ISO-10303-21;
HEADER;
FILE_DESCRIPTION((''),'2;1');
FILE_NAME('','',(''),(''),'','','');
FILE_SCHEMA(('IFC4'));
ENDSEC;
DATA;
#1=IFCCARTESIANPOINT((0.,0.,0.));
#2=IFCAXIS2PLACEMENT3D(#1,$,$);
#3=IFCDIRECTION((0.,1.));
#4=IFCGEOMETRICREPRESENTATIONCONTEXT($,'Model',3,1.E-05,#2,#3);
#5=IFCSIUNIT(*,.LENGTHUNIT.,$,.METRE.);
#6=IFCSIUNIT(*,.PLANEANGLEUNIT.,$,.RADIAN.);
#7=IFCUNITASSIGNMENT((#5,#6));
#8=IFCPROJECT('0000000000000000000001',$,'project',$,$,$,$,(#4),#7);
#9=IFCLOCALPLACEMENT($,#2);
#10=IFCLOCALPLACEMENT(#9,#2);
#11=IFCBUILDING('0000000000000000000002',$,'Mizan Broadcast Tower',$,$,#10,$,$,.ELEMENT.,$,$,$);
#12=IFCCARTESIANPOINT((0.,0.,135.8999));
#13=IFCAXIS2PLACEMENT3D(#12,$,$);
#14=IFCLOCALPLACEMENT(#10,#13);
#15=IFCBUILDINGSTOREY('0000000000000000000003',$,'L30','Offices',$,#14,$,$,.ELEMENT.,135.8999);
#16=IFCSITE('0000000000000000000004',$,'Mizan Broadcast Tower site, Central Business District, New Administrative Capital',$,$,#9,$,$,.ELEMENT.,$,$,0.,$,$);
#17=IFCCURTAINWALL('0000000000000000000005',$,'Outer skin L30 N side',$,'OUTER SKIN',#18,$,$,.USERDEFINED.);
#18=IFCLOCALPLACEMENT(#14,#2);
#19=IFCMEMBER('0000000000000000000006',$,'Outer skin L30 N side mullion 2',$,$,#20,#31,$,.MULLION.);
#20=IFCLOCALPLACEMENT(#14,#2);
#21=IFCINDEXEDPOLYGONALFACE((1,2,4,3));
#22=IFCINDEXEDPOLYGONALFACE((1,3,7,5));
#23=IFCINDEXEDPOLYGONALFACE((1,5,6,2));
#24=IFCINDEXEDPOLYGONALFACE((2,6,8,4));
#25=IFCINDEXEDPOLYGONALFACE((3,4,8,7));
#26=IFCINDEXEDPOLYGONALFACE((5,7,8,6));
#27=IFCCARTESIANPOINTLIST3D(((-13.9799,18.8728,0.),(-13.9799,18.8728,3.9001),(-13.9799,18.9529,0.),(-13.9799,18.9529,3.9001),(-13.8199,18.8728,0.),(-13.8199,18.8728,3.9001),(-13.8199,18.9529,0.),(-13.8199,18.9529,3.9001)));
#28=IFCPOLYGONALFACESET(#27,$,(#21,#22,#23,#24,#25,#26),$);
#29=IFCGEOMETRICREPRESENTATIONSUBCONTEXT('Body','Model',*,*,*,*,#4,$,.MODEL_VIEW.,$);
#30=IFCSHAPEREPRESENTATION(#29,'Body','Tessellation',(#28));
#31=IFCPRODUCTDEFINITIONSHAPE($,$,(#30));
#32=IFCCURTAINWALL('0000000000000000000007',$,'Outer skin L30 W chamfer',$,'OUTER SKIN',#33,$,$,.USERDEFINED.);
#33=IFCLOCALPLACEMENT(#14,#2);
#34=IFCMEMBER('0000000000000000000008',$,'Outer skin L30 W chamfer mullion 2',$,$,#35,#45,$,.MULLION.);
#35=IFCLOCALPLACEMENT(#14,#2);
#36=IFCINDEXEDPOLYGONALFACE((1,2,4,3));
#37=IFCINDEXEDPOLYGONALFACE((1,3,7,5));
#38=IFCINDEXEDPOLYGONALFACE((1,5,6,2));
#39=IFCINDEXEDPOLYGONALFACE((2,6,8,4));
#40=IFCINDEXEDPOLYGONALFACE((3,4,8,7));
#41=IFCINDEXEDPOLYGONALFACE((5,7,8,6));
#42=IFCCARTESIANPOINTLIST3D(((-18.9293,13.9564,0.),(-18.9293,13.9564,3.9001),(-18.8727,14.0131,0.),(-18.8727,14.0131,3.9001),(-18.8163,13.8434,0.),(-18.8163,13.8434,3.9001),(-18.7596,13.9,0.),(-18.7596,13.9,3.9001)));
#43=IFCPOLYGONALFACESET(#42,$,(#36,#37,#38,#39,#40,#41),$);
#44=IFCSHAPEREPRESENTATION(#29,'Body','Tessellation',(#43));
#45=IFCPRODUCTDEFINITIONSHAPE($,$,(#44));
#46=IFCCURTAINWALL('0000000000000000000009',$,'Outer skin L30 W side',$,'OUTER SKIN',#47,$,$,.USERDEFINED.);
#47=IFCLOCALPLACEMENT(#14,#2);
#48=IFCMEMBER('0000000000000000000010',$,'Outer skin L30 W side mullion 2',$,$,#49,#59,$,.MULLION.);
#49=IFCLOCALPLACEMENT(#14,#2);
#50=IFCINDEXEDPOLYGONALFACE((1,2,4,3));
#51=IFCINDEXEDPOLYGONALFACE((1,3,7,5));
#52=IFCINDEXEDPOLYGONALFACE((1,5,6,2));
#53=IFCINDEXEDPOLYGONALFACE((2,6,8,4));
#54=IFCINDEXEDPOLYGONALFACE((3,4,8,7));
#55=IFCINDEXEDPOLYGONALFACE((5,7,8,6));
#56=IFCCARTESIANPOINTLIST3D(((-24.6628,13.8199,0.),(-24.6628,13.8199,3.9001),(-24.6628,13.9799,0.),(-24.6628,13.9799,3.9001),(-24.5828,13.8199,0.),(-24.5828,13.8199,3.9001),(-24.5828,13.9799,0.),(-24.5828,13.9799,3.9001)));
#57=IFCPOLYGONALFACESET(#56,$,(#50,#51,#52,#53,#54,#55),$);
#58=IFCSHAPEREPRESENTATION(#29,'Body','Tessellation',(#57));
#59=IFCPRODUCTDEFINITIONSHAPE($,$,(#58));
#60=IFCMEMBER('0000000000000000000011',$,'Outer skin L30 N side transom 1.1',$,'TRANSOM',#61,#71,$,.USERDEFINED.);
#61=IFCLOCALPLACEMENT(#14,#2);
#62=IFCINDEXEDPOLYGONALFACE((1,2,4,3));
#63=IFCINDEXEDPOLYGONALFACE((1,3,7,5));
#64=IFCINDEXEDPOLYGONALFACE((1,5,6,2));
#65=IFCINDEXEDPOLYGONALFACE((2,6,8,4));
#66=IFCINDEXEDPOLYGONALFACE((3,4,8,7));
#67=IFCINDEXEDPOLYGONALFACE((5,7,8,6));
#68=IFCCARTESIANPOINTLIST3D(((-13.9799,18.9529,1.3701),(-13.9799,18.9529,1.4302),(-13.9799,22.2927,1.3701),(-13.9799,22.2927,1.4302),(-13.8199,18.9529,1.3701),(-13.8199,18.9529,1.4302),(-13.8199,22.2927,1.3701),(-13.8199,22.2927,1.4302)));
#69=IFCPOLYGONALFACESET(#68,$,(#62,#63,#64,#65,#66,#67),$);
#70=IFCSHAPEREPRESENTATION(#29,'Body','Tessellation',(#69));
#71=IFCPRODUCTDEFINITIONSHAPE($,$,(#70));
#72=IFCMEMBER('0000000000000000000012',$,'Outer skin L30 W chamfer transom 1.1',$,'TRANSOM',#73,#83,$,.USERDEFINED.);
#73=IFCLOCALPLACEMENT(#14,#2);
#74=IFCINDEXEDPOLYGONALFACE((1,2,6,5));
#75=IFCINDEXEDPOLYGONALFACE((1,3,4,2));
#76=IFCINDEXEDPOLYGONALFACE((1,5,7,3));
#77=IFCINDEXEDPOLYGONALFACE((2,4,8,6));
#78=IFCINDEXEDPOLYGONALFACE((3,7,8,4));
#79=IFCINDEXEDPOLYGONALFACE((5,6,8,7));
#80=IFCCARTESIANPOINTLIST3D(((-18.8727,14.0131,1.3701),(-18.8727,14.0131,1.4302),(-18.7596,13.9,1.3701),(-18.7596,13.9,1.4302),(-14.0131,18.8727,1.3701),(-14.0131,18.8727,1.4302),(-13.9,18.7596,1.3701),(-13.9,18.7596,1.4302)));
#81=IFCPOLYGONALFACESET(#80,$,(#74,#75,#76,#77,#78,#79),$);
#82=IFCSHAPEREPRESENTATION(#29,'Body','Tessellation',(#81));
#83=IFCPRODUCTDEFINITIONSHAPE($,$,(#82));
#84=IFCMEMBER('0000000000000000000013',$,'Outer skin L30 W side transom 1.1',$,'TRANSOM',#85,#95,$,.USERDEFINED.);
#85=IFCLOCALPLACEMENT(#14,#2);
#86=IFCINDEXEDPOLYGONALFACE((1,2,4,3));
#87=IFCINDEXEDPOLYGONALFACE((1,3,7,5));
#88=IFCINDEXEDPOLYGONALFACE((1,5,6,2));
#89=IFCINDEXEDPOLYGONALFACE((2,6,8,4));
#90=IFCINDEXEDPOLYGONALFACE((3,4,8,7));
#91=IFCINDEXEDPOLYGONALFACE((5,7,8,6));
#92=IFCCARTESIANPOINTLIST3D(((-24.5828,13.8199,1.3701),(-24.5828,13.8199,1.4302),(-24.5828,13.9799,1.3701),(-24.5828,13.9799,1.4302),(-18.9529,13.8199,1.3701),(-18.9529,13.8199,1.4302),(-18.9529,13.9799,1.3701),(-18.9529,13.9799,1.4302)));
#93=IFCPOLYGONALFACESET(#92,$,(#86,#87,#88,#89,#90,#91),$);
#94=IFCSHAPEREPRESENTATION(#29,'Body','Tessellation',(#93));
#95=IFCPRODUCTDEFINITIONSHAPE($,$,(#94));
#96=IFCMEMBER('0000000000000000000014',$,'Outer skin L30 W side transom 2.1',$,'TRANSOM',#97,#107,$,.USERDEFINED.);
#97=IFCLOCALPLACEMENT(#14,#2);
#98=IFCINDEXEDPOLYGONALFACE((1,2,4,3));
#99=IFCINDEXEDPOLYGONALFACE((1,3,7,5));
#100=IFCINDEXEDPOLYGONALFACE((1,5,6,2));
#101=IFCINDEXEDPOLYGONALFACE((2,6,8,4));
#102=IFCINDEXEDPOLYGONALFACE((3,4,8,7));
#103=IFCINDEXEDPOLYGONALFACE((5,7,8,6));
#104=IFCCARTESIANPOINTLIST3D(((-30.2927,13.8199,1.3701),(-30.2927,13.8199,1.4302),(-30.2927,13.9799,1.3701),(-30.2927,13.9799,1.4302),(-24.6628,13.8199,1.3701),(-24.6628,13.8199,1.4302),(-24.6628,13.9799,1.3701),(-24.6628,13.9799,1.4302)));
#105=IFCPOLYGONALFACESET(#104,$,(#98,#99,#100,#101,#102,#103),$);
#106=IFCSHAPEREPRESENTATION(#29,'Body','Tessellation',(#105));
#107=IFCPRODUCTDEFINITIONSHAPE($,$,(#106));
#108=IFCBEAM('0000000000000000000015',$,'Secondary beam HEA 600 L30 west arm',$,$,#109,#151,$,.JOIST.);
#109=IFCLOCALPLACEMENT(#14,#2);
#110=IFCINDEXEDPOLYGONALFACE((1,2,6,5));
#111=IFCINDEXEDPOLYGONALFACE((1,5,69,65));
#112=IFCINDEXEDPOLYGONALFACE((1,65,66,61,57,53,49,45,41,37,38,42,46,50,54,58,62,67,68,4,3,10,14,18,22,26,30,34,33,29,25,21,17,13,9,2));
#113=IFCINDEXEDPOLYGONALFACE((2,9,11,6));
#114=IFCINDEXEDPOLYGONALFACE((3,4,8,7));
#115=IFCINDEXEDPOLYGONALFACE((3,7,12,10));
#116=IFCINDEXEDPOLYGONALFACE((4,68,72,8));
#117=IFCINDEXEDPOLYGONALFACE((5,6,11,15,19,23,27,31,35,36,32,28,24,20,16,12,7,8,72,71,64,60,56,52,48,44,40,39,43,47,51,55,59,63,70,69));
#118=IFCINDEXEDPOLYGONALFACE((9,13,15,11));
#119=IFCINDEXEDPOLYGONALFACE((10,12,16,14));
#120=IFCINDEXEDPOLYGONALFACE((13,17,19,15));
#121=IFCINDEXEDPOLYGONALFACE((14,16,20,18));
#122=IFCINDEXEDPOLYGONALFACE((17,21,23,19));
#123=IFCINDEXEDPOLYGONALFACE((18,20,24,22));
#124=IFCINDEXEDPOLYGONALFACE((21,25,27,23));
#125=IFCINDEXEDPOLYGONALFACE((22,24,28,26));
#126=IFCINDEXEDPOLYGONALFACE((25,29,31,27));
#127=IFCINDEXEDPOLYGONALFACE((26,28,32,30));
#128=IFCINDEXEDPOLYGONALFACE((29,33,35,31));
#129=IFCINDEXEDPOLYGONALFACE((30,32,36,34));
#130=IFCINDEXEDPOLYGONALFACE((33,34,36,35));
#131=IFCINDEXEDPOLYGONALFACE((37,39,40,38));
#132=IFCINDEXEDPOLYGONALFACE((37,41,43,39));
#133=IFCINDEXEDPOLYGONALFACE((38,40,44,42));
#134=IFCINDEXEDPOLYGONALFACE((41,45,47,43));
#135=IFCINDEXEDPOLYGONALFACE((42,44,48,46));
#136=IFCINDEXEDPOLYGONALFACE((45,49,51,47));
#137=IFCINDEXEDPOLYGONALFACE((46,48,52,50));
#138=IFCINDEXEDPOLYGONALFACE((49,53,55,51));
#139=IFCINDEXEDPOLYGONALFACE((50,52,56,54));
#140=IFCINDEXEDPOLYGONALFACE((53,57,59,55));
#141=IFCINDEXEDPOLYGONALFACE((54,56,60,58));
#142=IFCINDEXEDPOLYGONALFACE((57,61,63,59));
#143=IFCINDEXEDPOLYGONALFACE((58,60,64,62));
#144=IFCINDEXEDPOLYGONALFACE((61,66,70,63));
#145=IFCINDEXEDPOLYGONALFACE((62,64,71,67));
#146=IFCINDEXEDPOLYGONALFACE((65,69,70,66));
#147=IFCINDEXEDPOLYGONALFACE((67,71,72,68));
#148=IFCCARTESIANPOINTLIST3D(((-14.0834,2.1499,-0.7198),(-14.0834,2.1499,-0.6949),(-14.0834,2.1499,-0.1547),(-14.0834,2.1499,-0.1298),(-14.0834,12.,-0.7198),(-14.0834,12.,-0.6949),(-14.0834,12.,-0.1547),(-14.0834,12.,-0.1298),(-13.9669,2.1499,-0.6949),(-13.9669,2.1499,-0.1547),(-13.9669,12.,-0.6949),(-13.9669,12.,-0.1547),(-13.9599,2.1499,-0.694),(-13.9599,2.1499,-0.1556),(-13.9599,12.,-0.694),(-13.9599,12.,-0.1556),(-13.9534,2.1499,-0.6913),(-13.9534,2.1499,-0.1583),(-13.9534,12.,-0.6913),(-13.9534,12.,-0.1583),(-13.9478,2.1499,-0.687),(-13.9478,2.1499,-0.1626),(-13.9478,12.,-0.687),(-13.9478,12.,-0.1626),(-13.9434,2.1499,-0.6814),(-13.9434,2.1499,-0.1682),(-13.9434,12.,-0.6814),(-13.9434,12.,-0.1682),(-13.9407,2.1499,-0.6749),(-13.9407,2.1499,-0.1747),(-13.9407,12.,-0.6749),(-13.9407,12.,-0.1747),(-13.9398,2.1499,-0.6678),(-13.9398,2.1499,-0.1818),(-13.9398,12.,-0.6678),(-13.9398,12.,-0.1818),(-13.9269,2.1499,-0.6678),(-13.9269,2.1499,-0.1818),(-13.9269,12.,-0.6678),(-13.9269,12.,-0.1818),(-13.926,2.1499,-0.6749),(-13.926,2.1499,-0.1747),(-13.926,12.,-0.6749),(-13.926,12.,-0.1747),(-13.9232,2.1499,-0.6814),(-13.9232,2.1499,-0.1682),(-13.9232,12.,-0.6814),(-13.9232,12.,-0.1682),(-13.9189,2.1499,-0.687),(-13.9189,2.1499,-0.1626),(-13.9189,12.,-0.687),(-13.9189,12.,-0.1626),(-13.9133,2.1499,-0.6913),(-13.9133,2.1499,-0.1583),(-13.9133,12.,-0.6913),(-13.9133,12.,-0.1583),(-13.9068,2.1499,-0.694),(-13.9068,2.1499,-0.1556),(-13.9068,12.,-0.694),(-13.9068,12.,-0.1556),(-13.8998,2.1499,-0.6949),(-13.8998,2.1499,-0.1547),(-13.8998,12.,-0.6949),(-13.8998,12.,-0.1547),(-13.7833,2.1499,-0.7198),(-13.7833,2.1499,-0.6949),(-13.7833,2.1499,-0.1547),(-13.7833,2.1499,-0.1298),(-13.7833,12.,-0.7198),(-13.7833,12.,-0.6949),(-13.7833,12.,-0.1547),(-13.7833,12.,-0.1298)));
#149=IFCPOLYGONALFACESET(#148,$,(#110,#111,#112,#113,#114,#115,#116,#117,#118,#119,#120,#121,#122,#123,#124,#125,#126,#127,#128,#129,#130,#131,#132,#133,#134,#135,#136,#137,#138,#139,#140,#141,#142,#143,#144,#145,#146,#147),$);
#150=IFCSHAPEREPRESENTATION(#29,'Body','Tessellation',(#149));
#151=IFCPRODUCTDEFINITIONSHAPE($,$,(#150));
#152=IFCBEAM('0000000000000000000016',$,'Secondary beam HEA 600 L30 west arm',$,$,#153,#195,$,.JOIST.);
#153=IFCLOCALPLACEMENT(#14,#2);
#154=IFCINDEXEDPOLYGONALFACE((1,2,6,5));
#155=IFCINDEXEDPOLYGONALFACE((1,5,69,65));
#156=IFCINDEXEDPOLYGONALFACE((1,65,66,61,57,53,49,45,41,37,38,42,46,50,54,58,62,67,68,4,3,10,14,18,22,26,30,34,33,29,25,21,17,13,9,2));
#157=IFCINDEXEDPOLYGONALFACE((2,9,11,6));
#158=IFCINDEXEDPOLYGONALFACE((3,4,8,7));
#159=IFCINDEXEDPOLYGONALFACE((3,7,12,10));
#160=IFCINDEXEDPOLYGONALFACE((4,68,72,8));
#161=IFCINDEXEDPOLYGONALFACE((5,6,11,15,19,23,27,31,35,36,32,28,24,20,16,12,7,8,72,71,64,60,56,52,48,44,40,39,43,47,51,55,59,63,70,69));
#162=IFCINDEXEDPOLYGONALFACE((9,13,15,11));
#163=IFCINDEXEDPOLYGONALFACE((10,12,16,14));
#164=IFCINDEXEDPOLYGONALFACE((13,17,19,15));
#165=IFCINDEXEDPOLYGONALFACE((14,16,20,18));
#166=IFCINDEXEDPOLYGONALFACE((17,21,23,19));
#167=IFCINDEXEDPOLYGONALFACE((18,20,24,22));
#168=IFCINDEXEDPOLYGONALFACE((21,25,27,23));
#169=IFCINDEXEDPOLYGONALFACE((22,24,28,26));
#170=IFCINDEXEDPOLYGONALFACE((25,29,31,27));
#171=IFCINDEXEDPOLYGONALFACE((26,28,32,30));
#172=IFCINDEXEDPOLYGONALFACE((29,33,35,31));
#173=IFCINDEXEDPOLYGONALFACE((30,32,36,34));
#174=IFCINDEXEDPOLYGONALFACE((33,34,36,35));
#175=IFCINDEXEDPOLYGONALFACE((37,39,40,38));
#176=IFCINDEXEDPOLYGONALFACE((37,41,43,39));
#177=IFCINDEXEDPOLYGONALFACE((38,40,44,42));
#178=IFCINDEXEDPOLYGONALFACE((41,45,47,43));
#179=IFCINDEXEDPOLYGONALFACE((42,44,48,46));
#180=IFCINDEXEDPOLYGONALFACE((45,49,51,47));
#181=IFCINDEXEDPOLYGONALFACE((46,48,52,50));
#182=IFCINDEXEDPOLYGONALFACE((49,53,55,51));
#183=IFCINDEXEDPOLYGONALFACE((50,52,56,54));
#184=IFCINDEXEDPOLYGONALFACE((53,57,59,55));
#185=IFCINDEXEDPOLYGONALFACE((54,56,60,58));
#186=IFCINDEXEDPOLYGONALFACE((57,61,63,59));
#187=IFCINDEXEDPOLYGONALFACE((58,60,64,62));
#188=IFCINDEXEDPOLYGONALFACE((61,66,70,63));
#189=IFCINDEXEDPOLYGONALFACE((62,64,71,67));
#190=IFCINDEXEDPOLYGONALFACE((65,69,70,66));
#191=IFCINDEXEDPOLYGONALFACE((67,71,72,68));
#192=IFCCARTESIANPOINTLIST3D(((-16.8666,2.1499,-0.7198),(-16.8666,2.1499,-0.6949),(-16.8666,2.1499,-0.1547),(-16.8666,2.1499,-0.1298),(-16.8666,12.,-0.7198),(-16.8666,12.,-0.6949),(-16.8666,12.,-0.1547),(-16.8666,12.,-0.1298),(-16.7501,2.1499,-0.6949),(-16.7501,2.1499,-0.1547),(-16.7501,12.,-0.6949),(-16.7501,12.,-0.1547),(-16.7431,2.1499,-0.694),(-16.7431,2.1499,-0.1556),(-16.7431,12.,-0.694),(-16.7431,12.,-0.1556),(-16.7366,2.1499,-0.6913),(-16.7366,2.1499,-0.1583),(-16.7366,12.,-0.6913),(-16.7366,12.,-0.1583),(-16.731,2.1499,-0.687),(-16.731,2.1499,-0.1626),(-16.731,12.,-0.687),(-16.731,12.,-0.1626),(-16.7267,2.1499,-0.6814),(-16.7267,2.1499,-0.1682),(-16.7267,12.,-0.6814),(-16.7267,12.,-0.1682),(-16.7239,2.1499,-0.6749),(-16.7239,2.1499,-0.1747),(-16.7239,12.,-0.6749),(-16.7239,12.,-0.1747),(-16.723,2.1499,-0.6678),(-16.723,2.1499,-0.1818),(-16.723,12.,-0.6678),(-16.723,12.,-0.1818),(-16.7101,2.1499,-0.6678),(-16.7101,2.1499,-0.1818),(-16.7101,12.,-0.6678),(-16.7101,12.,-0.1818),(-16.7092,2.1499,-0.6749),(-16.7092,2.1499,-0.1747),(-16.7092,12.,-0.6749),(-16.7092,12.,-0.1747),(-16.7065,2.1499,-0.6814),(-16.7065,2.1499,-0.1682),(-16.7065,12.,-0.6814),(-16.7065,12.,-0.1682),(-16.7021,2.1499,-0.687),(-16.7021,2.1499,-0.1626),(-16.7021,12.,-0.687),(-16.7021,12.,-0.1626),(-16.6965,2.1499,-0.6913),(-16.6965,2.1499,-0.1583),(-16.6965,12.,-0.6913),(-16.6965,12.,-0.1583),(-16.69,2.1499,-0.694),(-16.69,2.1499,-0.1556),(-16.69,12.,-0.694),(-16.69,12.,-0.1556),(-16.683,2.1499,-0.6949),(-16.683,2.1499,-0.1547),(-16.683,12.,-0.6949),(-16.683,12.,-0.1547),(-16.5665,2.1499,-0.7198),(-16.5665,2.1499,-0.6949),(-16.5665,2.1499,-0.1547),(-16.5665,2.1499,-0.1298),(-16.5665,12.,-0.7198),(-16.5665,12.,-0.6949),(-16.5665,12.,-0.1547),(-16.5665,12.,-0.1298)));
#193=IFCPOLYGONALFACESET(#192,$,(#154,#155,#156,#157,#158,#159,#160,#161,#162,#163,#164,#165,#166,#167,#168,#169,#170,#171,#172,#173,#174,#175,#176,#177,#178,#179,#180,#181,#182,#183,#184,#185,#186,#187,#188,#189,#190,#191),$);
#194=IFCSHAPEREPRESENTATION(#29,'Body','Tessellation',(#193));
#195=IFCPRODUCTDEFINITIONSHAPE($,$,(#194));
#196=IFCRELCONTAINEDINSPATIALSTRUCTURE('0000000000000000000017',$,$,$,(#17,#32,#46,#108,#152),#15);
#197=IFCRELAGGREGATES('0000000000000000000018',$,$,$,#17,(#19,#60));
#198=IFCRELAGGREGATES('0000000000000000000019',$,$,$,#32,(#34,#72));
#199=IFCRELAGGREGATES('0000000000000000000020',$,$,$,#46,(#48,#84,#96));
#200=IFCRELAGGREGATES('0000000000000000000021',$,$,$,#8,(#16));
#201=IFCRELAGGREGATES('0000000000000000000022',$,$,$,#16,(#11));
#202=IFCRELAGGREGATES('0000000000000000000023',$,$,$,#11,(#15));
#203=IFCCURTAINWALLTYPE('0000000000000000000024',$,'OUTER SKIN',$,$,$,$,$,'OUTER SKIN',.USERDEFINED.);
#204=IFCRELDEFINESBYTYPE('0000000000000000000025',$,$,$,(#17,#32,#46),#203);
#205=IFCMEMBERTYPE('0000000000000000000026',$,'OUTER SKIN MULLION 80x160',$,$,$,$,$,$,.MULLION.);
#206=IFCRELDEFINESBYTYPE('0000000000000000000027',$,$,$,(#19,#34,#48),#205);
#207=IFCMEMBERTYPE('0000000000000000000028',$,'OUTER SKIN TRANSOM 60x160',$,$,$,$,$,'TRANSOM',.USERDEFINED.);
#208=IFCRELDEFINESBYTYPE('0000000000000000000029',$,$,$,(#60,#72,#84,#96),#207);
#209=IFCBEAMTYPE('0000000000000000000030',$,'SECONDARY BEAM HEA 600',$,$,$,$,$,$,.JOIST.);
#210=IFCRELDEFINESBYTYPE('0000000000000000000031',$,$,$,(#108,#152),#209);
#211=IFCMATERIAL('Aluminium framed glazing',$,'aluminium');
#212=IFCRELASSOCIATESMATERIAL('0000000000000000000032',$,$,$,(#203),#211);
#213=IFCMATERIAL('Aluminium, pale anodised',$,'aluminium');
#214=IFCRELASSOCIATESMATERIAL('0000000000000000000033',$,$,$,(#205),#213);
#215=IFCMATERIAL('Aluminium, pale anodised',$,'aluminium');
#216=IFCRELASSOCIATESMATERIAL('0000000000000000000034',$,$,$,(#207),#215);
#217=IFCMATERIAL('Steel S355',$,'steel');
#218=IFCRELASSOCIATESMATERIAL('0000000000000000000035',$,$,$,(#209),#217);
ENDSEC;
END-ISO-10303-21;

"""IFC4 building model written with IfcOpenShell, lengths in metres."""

from ifc_helpers import new_model, si_unit, direction, frame, origin, origin_2d, place, context, subcontext, project, spatial, rectangle, i_section, extrude, material, material_profile, profile_set, type_object, element, aggregate, save


model = new_model("IFC4")

# Units and contexts
model_context = context("Model", 3, precision=1e-05, world=origin(), true_north=direction((0.0, 1.0)))
body_context = subcontext(model_context, "Body", "Model", "MODEL_VIEW")
ifc_project = project(units=[si_unit("LENGTHUNIT", "METRE"), si_unit("PLANEANGLEUNIT", "RADIAN")], contexts=[model_context])

# Site, building, storey
site_placement = place(None, origin())
site = spatial("IfcSite", under=ifc_project, at=site_placement, Name="Mizan Broadcast Tower site, Central Business District, New Administrative Capital", CompositionType="ELEMENT", RefElevation=0.0)
building_placement = place(site_placement, origin())
building = spatial("IfcBuilding", under=site, at=building_placement, Name="Mizan Broadcast Tower", CompositionType="ELEMENT")
storey_placement = place(building_placement, frame((0.0, 0.0, 135.8999)))
storey = spatial("IfcBuildingStorey", under=building, at=storey_placement, Name="L30", Description="Offices", CompositionType="ELEMENT", Elevation=135.8999)

# Curtain walls, members
ifc_material_1 = material(Name="Aluminium framed glazing", Category="aluminium")
curtain_wall_type_1 = type_object("IfcCurtainWallType", Name="OUTER SKIN", ElementType="OUTER SKIN", PredefinedType="USERDEFINED", material=ifc_material_1)
curtain_wall_1_placement = place(storey_placement, origin())
curtain_wall_1 = element("IfcCurtainWall", 1, at=curtain_wall_1_placement, inside=storey, type_object=curtain_wall_type_1, Name="Outer skin L30 N side", ObjectType="OUTER SKIN", PredefinedType="USERDEFINED")
ifc_material_2 = material(Name="Aluminium, pale anodised", Category="aluminium")
ifc_material_profile_1 = material_profile(ifc_material_2, rectangle(XDim=0.1599, YDim=0.0801, at=origin_2d()), Name="MULLION 160x80")
ifc_profile_set_1 = profile_set([ifc_material_profile_1], Name="Aluminium, pale anodised")
member_type_1 = type_object("IfcMemberType", Name="OUTER SKIN MULLION 80x160", PredefinedType="MULLION", material=ifc_profile_set_1)
member_1_placement = place(storey_placement, frame((-13.8999, 18.9128, 0.0), z_axis=(0.0, 0.0, 1.0), x_axis=(1.0, 0.0, 0.0)))
member_1 = element("IfcMember", 2, at=member_1_placement, type_object=member_type_1, Name="Outer skin L30 N side mullion 2", PredefinedType="MULLION", context=body_context, shape_type="SweptSolid", body=[
    extrude(rectangle(XDim=0.1599, YDim=0.0801, at=origin_2d()), origin(), (0.0, 0.0, 1.0), 3.9001),
])
curtain_wall_2_placement = place(storey_placement, origin())
curtain_wall_2 = element("IfcCurtainWall", 3, at=curtain_wall_2_placement, inside=storey, type_object=curtain_wall_type_1, Name="Outer skin L30 W chamfer", ObjectType="OUTER SKIN", PredefinedType="USERDEFINED")
member_2_placement = place(storey_placement, frame((-18.8445, 13.9282, 0.0), z_axis=(0.0, 0.0, 1.0), x_axis=(0.707107, -0.707107, 0.0)))
member_2 = element("IfcMember", 4, at=member_2_placement, type_object=member_type_1, Name="Outer skin L30 W chamfer mullion 2", PredefinedType="MULLION", context=body_context, shape_type="SweptSolid", body=[
    extrude(rectangle(XDim=0.1599, YDim=0.0801, at=origin_2d()), origin(), (0.0, 0.0, 1.0), 3.9001),
])
curtain_wall_3_placement = place(storey_placement, origin())
curtain_wall_3 = element("IfcCurtainWall", 5, at=curtain_wall_3_placement, inside=storey, type_object=curtain_wall_type_1, Name="Outer skin L30 W side", ObjectType="OUTER SKIN", PredefinedType="USERDEFINED")
member_3_placement = place(storey_placement, frame((-24.6228, 13.8999, 0.0), z_axis=(0.0, 0.0, 1.0), x_axis=(0.0, -1.0, 0.0)))
member_3 = element("IfcMember", 6, at=member_3_placement, type_object=member_type_1, Name="Outer skin L30 W side mullion 2", PredefinedType="MULLION", context=body_context, shape_type="SweptSolid", body=[
    extrude(rectangle(XDim=0.1599, YDim=0.0801, at=origin_2d()), origin(), (0.0, 0.0, 1.0), 3.9001),
])

# Members
ifc_material_3 = material(Name="Aluminium, pale anodised", Category="aluminium")
ifc_material_profile_2 = material_profile(ifc_material_3, rectangle(XDim=0.1599, YDim=0.0601, at=origin_2d()), Name="TRANSOM 160x60")
ifc_profile_set_2 = profile_set([ifc_material_profile_2], Name="Aluminium, pale anodised")
member_type_2 = type_object("IfcMemberType", Name="OUTER SKIN TRANSOM 60x160", ElementType="TRANSOM", PredefinedType="USERDEFINED", material=ifc_profile_set_2)
member_4_placement = place(storey_placement, frame((-13.8999, 22.2927, 1.4001), z_axis=(0.0, -1.0, 0.0), x_axis=(1.0, 0.0, 0.0)))
member_4 = element("IfcMember", 7, at=member_4_placement, type_object=member_type_2, Name="Outer skin L30 N side transom 1.1", ObjectType="TRANSOM", PredefinedType="USERDEFINED", context=body_context, shape_type="SweptSolid", body=[
    extrude(rectangle(XDim=0.1599, YDim=0.0601, at=origin_2d()), origin(), (0.0, 0.0, 1.0), 3.3398),
])
member_5_placement = place(storey_placement, frame((-13.9565, 18.8162, 1.4001), z_axis=(-0.707107, -0.707107, 0.0), x_axis=(0.707107, -0.707107, 0.0)))
member_5 = element("IfcMember", 8, at=member_5_placement, type_object=member_type_2, Name="Outer skin L30 W chamfer transom 1.1", ObjectType="TRANSOM", PredefinedType="USERDEFINED", context=body_context, shape_type="SweptSolid", body=[
    extrude(rectangle(XDim=0.1599, YDim=0.0601, at=origin_2d()), origin(), (0.0, 0.0, 1.0), 6.8726),
])
member_6_placement = place(storey_placement, frame((-18.9529, 13.8999, 1.4001), z_axis=(-1.0, 0.0, 0.0), x_axis=(0.0, -1.0, 0.0)))
member_6 = element("IfcMember", 9, at=member_6_placement, type_object=member_type_2, Name="Outer skin L30 W side transom 1.1", ObjectType="TRANSOM", PredefinedType="USERDEFINED", context=body_context, shape_type="SweptSolid", body=[
    extrude(rectangle(XDim=0.1599, YDim=0.0601, at=origin_2d()), origin(), (0.0, 0.0, 1.0), 5.6299),
])
member_7_placement = place(storey_placement, frame((-24.6628, 13.8999, 1.4001), z_axis=(-1.0, 0.0, 0.0), x_axis=(0.0, -1.0, 0.0)))
member_7 = element("IfcMember", 10, at=member_7_placement, type_object=member_type_2, Name="Outer skin L30 W side transom 2.1", ObjectType="TRANSOM", PredefinedType="USERDEFINED", context=body_context, shape_type="SweptSolid", body=[
    extrude(rectangle(XDim=0.1599, YDim=0.0601, at=origin_2d()), origin(), (0.0, 0.0, 1.0), 5.6299),
])

# Beams
ifc_material_4 = material(Name="Steel S355", Category="steel")
ifc_material_profile_3 = material_profile(ifc_material_4, i_section(OverallWidth=0.3, OverallDepth=0.5901, WebThickness=0.0129, FlangeThickness=0.0249, FilletRadius=0.0271, at=origin_2d()), Name="HEA 600")
ifc_profile_set_3 = profile_set([ifc_material_profile_3], Name="Steel S355")
beam_type_1 = type_object("IfcBeamType", Name="SECONDARY BEAM HEA 600", PredefinedType="JOIST", material=ifc_profile_set_3)
for number, where, z_axis, x_axis, name in (
    (11, (-13.9333, 12.0, -0.4248), (0.0, -1.0, 0.0), (1.0, 0.0, 0.0), "Secondary beam HEA 600 L30 west arm"),
    (12, (-16.7166, 12.0, -0.4248), (0.0, -1.0, 0.0), (1.0, 0.0, 0.0), "Secondary beam HEA 600 L30 west arm"),
):
    element("IfcBeam", number, at=place(storey_placement, frame(where, z_axis=z_axis, x_axis=x_axis)), inside=storey, type_object=beam_type_1, Name=name, PredefinedType="JOIST", context=body_context, shape_type="SweptSolid", body=[
        extrude(i_section(OverallWidth=0.3, OverallDepth=0.5901, WebThickness=0.0129, FlangeThickness=0.0249, FilletRadius=0.0271, at=origin_2d()), origin(), (0.0, 0.0, 1.0), 9.8501),
    ])

aggregate(curtain_wall_1, [member_1, member_4])
aggregate(curtain_wall_2, [member_2, member_5])
aggregate(curtain_wall_3, [member_3, member_6, member_7])

save(model, "model.ifc")
